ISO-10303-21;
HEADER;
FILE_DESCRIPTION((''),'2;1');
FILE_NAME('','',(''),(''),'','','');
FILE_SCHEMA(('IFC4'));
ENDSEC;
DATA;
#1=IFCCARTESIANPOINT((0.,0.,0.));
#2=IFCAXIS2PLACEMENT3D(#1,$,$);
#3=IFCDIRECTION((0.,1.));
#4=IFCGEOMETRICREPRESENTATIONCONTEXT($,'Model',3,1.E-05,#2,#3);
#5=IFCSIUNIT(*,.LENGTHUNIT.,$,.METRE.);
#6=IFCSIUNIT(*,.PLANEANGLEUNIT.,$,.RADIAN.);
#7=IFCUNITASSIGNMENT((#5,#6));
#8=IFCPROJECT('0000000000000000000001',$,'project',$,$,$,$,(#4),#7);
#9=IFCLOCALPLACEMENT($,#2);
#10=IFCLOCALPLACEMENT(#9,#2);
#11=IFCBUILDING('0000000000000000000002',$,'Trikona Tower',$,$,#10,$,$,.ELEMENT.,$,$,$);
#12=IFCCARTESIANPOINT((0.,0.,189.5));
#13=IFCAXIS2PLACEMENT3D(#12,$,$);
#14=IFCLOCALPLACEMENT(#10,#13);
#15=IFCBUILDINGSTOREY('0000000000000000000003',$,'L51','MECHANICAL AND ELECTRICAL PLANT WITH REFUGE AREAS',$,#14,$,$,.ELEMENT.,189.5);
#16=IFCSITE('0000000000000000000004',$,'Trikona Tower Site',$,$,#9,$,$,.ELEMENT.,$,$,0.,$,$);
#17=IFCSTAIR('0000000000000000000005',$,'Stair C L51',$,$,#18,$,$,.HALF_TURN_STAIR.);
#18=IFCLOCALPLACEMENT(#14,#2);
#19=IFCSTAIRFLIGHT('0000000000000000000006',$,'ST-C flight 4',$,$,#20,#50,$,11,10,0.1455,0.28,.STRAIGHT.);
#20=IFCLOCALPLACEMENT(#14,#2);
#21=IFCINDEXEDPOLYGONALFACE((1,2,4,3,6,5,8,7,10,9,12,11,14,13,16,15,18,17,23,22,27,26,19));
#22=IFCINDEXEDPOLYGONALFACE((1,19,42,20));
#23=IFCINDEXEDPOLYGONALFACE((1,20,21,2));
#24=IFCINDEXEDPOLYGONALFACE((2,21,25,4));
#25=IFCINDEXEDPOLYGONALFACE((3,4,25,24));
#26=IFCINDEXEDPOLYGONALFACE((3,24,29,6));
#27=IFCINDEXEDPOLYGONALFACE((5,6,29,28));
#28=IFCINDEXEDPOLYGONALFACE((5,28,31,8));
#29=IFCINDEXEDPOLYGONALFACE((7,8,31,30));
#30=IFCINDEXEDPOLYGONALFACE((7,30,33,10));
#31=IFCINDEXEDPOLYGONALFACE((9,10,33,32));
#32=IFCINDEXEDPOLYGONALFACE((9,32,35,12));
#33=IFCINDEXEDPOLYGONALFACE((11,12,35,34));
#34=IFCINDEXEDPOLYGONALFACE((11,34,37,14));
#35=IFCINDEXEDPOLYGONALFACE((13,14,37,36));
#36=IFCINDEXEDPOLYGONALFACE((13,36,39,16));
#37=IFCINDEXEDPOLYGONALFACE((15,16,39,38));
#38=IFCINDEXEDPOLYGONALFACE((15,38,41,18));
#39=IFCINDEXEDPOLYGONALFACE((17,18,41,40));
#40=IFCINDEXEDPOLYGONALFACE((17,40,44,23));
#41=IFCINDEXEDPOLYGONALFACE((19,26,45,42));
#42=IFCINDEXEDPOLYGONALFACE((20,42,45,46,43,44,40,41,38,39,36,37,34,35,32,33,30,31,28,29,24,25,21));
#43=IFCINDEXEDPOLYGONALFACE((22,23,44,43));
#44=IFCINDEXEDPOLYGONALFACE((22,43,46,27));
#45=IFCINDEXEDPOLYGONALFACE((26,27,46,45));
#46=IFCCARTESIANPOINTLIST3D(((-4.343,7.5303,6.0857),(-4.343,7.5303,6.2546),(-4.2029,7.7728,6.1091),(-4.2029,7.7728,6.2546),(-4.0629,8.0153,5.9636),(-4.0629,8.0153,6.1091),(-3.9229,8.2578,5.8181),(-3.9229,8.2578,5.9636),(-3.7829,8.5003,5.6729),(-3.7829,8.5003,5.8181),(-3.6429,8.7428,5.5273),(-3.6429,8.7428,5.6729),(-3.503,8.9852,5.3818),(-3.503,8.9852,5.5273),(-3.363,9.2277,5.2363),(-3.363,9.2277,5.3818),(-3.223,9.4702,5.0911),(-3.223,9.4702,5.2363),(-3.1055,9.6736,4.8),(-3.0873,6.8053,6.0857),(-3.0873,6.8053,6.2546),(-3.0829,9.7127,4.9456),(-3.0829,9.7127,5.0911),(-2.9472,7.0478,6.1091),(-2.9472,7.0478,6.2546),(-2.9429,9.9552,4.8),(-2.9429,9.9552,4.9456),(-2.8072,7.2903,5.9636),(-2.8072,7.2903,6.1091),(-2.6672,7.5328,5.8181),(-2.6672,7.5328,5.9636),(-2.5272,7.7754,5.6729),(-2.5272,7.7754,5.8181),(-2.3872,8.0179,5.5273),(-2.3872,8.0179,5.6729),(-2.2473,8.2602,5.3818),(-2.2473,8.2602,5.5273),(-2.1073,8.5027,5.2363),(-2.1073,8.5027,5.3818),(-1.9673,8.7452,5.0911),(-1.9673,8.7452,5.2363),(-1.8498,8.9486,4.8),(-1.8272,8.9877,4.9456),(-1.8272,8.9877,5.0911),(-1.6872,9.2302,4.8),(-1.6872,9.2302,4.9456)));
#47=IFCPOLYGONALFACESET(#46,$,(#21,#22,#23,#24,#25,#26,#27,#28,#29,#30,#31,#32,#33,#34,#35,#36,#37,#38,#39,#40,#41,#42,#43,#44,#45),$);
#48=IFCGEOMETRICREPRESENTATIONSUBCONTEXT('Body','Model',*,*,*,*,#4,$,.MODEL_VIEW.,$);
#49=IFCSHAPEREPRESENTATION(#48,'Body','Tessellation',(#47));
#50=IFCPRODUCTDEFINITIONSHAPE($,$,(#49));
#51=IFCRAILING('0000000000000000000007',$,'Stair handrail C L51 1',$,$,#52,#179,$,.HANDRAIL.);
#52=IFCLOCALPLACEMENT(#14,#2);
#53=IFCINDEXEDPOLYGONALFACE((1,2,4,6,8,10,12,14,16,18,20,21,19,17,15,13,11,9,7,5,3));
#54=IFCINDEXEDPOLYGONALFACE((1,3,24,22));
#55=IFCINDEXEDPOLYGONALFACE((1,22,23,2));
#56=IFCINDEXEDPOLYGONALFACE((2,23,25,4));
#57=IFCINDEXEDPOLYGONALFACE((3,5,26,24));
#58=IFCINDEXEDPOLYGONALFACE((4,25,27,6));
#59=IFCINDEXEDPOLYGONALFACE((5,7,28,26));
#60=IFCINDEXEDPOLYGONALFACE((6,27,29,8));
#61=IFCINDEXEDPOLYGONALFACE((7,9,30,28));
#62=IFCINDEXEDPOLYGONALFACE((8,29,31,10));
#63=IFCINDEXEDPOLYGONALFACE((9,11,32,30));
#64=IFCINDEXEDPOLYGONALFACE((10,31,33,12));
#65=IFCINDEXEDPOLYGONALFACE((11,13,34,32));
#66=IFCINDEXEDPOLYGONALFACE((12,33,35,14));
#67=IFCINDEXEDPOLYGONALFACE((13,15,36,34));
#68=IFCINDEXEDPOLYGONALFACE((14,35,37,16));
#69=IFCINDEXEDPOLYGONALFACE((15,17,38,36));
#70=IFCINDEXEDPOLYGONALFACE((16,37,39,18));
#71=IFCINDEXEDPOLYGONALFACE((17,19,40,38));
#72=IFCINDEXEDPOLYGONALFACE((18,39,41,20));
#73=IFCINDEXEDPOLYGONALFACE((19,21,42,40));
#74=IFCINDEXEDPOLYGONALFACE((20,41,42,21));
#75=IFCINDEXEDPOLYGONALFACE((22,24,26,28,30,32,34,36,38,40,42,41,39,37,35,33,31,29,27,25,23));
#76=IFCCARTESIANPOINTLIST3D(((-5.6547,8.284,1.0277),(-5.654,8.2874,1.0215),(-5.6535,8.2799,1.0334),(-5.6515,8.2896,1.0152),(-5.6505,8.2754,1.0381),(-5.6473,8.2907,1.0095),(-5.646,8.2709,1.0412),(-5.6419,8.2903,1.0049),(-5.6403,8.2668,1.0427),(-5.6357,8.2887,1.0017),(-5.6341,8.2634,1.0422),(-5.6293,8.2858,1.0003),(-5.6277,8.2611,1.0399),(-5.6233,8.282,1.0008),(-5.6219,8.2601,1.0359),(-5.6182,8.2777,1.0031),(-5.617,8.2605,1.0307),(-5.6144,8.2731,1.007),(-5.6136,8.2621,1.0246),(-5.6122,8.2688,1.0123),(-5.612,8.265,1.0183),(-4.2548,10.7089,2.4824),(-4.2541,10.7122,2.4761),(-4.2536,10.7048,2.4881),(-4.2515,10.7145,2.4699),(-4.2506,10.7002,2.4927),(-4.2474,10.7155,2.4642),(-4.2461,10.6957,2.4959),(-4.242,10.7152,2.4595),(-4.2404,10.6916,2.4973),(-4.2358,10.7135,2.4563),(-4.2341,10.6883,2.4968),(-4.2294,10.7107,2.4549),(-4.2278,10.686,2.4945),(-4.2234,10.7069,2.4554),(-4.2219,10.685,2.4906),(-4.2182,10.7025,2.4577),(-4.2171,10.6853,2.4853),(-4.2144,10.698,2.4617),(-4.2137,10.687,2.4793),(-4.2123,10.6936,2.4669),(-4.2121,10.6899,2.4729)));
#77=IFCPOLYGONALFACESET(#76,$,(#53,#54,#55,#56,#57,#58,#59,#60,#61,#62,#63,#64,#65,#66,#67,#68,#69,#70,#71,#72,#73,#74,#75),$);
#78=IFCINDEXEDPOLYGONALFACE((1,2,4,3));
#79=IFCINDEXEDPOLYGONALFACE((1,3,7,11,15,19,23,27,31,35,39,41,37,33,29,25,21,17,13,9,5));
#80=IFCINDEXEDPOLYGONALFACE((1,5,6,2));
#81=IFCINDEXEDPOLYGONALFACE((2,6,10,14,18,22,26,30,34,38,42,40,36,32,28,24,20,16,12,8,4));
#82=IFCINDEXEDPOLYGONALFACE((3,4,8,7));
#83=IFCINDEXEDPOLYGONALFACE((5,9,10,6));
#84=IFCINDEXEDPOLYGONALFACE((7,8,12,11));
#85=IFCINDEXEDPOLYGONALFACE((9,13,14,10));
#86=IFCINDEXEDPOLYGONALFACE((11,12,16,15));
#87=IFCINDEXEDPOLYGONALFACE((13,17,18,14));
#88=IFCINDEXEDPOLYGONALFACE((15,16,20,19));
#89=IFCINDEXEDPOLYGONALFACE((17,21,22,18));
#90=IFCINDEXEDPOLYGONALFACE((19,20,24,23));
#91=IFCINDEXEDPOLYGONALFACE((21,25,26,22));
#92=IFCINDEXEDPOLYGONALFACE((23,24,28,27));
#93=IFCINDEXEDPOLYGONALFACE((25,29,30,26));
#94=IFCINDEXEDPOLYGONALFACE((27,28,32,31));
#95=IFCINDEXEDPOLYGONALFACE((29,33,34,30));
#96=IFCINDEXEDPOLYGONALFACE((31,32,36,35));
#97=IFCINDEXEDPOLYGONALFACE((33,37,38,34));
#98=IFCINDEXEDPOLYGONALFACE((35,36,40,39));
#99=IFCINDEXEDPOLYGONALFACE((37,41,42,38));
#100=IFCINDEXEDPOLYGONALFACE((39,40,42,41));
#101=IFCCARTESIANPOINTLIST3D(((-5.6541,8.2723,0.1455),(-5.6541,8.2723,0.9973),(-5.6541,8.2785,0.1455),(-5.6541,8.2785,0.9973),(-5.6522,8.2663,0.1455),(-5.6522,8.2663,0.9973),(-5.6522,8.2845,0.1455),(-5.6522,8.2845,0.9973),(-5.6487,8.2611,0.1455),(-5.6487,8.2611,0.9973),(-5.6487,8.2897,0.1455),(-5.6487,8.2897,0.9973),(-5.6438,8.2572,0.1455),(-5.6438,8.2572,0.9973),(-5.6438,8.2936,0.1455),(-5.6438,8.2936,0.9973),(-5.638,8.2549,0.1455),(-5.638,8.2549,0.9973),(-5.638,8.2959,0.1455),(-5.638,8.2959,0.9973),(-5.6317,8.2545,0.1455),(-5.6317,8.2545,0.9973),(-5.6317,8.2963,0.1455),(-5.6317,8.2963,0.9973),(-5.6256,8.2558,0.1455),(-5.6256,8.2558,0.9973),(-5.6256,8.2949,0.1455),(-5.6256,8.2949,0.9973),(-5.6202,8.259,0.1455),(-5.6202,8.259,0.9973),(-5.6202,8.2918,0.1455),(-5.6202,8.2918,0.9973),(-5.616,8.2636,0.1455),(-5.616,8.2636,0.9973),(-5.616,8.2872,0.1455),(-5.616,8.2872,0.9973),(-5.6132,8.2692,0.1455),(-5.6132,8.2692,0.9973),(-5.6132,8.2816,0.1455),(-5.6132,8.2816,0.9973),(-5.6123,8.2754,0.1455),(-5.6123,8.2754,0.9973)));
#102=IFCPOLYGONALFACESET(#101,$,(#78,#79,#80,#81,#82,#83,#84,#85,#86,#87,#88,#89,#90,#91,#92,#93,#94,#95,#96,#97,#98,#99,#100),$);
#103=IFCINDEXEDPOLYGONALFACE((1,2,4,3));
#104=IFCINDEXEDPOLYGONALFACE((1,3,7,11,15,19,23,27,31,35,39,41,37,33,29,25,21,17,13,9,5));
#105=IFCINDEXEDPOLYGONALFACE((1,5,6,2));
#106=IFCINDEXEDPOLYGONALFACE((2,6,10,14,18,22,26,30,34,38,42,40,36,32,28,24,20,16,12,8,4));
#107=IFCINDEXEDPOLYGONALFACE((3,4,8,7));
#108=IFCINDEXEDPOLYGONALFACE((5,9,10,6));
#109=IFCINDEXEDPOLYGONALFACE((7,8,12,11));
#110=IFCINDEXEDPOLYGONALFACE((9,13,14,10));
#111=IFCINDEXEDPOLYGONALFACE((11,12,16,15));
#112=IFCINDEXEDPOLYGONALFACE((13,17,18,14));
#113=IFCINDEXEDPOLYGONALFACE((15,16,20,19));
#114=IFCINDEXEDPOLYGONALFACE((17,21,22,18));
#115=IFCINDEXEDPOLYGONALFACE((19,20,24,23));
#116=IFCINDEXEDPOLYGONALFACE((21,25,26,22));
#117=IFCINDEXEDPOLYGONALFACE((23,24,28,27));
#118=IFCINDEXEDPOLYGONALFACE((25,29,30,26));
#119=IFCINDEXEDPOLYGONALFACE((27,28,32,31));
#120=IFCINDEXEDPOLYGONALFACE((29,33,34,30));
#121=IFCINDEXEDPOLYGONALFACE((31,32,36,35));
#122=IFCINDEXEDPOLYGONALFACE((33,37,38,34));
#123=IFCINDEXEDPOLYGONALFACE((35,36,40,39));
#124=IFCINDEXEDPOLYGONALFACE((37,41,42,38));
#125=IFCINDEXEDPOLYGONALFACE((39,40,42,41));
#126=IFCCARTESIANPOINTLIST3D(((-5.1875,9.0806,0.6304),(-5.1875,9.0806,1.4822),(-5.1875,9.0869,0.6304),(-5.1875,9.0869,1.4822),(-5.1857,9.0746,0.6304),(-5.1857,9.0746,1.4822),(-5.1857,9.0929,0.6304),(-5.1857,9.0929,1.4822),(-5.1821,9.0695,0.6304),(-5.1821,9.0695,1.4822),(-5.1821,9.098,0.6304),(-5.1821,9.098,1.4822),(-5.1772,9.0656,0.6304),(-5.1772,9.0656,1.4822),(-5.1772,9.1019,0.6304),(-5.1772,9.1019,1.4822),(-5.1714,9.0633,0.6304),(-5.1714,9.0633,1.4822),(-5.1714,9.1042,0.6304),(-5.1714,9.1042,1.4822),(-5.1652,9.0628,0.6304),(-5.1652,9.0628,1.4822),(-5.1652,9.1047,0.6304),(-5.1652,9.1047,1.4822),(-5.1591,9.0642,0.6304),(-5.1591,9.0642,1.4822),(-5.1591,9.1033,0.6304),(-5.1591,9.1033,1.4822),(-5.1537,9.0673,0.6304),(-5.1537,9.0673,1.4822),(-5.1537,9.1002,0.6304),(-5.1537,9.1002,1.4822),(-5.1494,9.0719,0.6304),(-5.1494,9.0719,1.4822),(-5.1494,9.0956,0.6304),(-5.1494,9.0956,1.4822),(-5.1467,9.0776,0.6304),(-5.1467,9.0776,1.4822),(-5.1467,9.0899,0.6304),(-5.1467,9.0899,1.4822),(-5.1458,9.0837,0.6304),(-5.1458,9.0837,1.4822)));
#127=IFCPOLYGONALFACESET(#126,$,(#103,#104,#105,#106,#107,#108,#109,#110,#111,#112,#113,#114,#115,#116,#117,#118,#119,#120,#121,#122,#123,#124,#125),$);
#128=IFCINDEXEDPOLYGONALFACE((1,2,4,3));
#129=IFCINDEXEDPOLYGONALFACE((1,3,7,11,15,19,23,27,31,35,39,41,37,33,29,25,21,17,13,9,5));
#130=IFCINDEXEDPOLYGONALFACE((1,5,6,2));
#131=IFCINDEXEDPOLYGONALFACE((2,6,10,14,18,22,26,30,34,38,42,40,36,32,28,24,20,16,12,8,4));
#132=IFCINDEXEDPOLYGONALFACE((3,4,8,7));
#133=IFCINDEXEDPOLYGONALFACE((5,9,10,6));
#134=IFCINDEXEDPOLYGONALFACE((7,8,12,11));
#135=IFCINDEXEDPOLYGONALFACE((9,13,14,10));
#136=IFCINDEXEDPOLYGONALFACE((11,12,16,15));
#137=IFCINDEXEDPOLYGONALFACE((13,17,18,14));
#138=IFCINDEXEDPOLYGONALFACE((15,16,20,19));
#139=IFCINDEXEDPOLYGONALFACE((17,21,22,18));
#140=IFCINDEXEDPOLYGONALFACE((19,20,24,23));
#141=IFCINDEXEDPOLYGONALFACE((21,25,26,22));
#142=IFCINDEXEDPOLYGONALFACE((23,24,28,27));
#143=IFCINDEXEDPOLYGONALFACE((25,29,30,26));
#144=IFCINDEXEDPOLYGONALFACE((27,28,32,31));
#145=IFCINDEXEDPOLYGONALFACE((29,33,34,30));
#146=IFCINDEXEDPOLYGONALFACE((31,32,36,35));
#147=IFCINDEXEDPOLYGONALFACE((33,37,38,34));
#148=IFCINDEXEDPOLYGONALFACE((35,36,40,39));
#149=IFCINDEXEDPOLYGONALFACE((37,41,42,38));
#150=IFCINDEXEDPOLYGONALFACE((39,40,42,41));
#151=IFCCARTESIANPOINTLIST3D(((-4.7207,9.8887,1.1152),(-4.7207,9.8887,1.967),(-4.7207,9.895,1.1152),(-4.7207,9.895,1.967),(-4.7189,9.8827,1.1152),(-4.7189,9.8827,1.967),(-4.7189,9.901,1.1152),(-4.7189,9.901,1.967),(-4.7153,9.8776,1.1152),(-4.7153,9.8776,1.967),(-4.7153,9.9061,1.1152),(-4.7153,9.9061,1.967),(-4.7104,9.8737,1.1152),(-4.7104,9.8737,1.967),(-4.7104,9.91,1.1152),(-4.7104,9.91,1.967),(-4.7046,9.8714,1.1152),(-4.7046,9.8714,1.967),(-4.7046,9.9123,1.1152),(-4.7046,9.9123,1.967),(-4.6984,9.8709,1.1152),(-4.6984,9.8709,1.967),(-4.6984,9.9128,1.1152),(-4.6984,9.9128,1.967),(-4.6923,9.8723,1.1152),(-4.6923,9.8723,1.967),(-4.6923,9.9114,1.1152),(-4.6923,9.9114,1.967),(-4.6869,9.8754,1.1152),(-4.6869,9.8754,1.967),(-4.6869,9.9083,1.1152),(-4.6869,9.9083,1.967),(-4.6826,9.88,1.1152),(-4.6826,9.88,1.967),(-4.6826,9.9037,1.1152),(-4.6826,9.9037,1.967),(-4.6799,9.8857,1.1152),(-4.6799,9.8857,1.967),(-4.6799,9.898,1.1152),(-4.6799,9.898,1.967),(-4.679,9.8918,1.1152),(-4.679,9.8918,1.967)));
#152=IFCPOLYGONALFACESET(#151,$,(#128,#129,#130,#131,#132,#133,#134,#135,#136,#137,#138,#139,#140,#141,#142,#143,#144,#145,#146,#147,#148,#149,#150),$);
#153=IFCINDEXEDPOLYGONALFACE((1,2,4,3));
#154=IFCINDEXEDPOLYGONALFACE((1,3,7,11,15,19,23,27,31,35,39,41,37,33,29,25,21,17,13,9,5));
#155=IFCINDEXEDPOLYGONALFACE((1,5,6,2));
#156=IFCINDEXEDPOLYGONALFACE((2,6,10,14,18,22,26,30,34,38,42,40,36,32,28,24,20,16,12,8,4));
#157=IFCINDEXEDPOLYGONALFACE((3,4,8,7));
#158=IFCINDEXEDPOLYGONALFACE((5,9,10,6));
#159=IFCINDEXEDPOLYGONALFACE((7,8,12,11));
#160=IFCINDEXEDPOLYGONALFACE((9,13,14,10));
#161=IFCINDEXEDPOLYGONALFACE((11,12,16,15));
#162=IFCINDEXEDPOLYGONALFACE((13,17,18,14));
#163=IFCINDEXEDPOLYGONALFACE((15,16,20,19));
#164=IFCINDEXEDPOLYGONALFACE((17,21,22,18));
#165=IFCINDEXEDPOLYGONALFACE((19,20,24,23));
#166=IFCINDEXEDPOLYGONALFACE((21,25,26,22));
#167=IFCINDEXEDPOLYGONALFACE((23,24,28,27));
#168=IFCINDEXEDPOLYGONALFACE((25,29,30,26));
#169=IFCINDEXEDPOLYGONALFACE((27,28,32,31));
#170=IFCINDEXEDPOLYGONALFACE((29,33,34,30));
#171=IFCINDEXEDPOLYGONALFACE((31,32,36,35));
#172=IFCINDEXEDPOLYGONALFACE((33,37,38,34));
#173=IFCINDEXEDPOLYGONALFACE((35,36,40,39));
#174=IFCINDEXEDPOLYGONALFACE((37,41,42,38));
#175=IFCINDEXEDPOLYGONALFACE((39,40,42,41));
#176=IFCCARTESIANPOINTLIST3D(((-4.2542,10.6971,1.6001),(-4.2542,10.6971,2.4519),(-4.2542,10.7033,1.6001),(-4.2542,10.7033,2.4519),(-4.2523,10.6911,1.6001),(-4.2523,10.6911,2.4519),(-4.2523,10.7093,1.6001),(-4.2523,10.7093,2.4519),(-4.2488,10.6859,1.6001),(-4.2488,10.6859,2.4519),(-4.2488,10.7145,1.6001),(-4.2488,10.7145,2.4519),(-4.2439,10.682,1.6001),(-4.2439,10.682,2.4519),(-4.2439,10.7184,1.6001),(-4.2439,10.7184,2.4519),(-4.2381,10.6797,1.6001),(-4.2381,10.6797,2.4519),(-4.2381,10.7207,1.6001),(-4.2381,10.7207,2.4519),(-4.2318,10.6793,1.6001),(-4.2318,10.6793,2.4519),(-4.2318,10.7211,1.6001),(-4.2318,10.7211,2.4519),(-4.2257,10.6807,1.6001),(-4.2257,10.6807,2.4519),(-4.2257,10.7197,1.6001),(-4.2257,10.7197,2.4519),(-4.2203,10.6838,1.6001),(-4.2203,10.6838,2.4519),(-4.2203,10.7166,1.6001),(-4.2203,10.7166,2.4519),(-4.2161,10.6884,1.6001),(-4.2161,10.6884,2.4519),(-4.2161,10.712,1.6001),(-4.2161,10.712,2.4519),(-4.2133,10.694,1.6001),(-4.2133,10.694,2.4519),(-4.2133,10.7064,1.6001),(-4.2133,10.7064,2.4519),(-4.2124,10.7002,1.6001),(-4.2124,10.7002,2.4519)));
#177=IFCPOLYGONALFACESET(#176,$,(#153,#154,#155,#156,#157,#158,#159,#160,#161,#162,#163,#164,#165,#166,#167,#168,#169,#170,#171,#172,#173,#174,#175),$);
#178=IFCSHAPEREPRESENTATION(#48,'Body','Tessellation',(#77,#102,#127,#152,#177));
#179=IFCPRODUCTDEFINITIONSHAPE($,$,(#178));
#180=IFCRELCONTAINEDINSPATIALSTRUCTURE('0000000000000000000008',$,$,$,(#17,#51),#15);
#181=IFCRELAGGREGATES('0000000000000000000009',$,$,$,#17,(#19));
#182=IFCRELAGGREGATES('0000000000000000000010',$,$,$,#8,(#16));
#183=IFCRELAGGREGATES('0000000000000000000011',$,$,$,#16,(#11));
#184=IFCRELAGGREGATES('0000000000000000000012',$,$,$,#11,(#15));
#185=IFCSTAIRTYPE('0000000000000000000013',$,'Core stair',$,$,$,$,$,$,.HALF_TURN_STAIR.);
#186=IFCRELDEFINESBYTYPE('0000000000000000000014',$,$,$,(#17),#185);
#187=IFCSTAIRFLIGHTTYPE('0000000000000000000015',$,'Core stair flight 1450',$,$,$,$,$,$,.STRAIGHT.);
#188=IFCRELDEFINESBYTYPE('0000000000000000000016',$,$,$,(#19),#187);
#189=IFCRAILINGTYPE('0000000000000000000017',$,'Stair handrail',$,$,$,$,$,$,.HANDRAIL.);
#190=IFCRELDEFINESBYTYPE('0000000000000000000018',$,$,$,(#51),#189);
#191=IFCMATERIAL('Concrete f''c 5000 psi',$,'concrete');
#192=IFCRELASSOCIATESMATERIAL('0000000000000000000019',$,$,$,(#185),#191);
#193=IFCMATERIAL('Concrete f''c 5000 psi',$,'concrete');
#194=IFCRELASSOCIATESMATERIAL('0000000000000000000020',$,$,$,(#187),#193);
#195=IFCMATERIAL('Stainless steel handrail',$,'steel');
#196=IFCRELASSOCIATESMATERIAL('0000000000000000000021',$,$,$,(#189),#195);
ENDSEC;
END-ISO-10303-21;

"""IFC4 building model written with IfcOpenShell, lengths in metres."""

from ifc_helpers import new_model, si_unit, direction, frame, origin, origin_2d, place, context, subcontext, project, spatial, polyline, circle, outline, extrude, material, type_object, element, aggregate, save


model = new_model("IFC4")

# Units and contexts
model_context = context("Model", 3, precision=1e-05, world=origin(), true_north=direction((0.0, 1.0)))
body_context = subcontext(model_context, "Body", "Model", "MODEL_VIEW")
ifc_project = project(units=[si_unit("LENGTHUNIT", "METRE"), si_unit("PLANEANGLEUNIT", "RADIAN")], contexts=[model_context])

# Site, building, storey
site_placement = place(None, origin())
site = spatial("IfcSite", under=ifc_project, at=site_placement, Name="Trikona Tower Site", CompositionType="ELEMENT", RefElevation=0.0)
building_placement = place(site_placement, origin())
building = spatial("IfcBuilding", under=site, at=building_placement, Name="Trikona Tower", CompositionType="ELEMENT")
storey_placement = place(building_placement, frame((0.0, 0.0, 189.5)))
storey = spatial("IfcBuildingStorey", under=building, at=storey_placement, Name="L51", Description="MECHANICAL AND ELECTRICAL PLANT WITH REFUGE AREAS", CompositionType="ELEMENT", Elevation=189.5)

# Stair, stair flight
ifc_material_1 = material(Name="Concrete f'c 5000 psi", Category="concrete")
stair_type = type_object("IfcStairType", Name="Core stair", PredefinedType="HALF_TURN_STAIR", material=ifc_material_1)
stair_placement = place(storey_placement, origin())
stair = element("IfcStair", 1, at=stair_placement, inside=storey, type_object=stair_type, Name="Stair C L51", PredefinedType="HALF_TURN_STAIR")
ifc_material_2 = material(Name="Concrete f'c 5000 psi", Category="concrete")
stair_flight_type = type_object("IfcStairFlightType", Name="Core stair flight 1450", PredefinedType="STRAIGHT", material=ifc_material_2)
stair_flight_1_placement = place(storey_placement, frame((-2.3152, 9.5928, 4.8), z_axis=(0.0, 0.0, 1.0), x_axis=(-0.5, -0.866025, 0.0)))
stair_flight_1 = element("IfcStairFlight", 2, at=stair_flight_1_placement, type_object=stair_flight_type, Name="ST-C flight 4", NumberOfRisers=11, NumberOfTreads=10, PredefinedType="STRAIGHT", RiserHeight=0.1455, TreadLength=0.28, context=body_context, shape_type="SweptSolid", body=[
    extrude(outline(polyline([(0.0, 0.0), (0.0, 0.1455), (0.28, 0.1455), (0.28, 0.291), (0.5601, 0.291), (0.5601, 0.4363), (0.8401, 0.4363), (0.8401, 0.5818), (1.1201, 0.5818), (1.1201, 0.7273), (1.3999, 0.7273), (1.3999, 0.8728), (1.6799, 0.8728), (1.6799, 1.0181), (1.96, 1.0181), (1.96, 1.1636), (2.24, 1.1636), (2.24, 1.3091), (2.52, 1.3091), (2.52, 1.4546), (2.8, 1.4546), (2.8, 1.6001), (2.8, 1.2856), (0.3252, 0.0), (0.0, 0.0)])), frame((0.0, 0.7251, 0.0), z_axis=(0.0, -1.0, 0.0), x_axis=(1.0, 0.0, 0.0)), (0.0, 0.0, 1.0), 1.45),
])
aggregate(stair, [stair_flight_1])

# Railing
ifc_material_3 = material(Name="Stainless steel handrail", Category="steel")
railing_type = type_object("IfcRailingType", Name="Stair handrail", PredefinedType="HANDRAIL", material=ifc_material_3)
railing_1_placement = place(storey_placement, frame((-5.6333, 8.2754, 0.1455)))
element("IfcRailing", 3, at=railing_1_placement, inside=storey, type_object=railing_type, Name="Stair handrail C L51 1", PredefinedType="HANDRAIL", context=body_context, shape_type="SweptSolid", body=[
    extrude(circle(Radius=0.0239, at=origin_2d()), frame((0.0, 0.0, 0.876), z_axis=(0.443682, 0.768513, 0.461015), x_axis=(-0.866035, 0.499984, 0.0)), (0.0, 0.0, 1.0), 3.1553),
    extrude(circle(Radius=0.021, at=origin_2d()), origin(), (0.0, 0.0, 1.0), 0.8518),
    extrude(circle(Radius=0.021, at=origin_2d()), frame((0.4666, 0.8083, 0.4849)), (0.0, 0.0, 1.0), 0.8518),
    extrude(circle(Radius=0.021, at=origin_2d()), frame((0.9333, 1.6165, 0.9697)), (0.0, 0.0, 1.0), 0.8518),
    extrude(circle(Radius=0.021, at=origin_2d()), frame((1.3999, 2.4248, 1.4546)), (0.0, 0.0, 1.0), 0.8518),
])

save(model, "model.ifc")
